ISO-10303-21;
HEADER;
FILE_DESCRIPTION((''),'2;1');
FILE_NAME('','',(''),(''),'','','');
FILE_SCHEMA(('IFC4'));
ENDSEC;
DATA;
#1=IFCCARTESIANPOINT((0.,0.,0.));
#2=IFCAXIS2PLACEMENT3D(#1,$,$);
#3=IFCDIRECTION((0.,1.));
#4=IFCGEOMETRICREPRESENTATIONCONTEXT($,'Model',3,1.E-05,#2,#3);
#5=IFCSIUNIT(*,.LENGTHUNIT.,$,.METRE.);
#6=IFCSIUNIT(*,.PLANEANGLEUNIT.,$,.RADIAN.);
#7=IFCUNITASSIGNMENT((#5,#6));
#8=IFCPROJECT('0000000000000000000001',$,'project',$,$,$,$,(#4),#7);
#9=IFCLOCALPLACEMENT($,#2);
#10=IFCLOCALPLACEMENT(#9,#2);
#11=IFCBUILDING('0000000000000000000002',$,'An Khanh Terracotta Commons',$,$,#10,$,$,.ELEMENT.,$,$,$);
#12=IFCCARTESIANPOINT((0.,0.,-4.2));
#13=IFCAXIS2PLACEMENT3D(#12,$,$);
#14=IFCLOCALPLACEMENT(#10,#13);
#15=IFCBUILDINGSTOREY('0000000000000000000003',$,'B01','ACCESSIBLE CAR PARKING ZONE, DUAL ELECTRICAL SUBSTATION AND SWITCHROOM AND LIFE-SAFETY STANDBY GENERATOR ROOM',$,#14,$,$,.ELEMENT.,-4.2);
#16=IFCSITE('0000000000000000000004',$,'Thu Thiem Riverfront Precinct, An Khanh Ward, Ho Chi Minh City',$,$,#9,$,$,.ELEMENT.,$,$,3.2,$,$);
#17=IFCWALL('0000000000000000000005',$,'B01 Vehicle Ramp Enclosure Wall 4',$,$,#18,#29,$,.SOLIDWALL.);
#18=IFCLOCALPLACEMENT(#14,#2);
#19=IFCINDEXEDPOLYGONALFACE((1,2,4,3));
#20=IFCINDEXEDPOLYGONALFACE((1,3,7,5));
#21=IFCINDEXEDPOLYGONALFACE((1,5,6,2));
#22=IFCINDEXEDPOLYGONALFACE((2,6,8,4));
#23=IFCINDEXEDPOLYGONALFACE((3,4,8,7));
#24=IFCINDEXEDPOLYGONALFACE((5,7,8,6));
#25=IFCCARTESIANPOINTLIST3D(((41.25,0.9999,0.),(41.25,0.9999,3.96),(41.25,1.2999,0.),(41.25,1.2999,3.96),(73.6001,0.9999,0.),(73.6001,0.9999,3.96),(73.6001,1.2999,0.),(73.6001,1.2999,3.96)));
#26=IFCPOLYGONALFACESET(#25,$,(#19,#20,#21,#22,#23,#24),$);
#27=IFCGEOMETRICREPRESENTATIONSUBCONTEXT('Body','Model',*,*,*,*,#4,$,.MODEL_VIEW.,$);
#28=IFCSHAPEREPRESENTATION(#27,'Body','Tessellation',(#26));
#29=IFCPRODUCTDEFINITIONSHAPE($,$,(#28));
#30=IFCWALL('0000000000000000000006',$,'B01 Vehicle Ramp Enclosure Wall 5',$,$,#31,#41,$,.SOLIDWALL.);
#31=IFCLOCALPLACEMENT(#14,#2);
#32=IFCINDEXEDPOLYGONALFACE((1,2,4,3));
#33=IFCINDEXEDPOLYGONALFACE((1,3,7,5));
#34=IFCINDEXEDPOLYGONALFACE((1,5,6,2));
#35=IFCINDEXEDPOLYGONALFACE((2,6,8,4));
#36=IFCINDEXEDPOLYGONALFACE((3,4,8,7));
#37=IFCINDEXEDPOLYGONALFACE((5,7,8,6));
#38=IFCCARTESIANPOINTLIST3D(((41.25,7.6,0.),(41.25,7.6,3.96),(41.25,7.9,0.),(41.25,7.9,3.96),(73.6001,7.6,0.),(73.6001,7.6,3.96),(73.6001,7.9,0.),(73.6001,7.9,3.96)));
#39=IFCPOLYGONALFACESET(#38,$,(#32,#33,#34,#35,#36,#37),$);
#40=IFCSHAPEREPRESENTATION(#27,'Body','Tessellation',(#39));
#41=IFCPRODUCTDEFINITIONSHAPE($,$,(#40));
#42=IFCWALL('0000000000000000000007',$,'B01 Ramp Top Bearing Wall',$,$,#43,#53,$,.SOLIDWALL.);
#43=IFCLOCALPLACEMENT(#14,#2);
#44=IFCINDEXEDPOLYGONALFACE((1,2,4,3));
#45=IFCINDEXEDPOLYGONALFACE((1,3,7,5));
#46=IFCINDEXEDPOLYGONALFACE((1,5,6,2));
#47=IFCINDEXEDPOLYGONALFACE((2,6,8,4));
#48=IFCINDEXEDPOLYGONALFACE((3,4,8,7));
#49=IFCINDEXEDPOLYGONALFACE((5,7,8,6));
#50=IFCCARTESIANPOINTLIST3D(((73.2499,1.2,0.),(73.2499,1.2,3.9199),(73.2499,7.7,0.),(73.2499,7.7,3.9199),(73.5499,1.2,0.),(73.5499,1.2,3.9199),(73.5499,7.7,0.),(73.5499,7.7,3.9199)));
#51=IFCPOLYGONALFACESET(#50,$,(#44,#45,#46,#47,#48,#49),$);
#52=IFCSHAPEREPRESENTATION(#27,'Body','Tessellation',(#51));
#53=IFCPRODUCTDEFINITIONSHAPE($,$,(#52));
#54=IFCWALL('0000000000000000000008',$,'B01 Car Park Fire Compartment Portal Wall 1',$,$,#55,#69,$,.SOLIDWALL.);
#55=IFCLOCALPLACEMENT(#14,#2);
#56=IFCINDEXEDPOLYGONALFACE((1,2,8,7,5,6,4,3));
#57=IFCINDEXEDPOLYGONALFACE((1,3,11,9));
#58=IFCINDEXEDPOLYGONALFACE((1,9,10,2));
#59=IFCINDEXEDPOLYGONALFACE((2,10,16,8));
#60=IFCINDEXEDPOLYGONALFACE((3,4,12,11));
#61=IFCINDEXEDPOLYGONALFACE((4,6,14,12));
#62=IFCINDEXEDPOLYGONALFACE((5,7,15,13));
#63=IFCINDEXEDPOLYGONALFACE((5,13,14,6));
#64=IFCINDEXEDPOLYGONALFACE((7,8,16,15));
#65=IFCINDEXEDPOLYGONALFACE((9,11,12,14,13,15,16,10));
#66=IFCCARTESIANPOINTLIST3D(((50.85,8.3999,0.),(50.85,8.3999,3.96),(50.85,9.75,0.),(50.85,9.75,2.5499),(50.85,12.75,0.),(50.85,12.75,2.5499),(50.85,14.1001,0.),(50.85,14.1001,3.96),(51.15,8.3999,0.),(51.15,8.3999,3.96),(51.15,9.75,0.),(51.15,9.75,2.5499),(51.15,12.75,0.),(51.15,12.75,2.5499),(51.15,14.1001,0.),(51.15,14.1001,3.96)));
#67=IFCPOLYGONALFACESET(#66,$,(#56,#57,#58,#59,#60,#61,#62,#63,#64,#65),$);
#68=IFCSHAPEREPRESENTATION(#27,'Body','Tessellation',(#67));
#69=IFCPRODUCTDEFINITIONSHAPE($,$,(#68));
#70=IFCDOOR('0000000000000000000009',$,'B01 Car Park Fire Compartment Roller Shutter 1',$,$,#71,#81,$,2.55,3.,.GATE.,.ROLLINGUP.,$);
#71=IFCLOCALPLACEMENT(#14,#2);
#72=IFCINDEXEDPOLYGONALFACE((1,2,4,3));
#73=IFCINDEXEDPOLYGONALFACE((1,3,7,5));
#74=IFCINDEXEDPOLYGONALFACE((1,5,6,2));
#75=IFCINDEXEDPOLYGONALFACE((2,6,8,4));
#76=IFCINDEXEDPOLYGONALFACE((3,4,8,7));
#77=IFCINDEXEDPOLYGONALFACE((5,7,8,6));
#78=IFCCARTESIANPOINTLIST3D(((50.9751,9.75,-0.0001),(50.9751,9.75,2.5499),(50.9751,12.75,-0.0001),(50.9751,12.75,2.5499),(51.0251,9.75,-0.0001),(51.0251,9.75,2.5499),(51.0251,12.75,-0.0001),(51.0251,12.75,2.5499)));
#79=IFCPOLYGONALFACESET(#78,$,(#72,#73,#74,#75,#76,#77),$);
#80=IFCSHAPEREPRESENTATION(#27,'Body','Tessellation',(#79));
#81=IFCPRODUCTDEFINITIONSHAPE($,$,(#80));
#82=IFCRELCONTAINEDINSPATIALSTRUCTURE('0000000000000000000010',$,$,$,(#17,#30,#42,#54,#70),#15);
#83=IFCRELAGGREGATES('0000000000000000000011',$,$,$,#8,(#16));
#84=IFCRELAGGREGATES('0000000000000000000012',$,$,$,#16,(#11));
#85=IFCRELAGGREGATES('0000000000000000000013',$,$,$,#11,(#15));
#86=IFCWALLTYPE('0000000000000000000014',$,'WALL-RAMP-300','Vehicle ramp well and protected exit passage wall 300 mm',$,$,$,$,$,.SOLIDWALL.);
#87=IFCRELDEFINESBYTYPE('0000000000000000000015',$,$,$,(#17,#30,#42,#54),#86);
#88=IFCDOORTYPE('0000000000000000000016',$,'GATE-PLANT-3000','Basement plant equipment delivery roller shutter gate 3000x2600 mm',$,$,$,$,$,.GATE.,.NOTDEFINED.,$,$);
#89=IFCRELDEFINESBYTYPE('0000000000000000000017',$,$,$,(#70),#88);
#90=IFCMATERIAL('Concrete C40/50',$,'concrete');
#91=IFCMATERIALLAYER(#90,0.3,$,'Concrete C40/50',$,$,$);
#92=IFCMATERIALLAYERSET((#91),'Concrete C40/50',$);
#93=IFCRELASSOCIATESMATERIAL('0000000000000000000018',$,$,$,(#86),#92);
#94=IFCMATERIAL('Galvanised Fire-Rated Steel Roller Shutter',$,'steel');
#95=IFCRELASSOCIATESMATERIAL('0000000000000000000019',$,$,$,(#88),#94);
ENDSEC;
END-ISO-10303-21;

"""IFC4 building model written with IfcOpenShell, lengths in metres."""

from ifc_helpers import new_model, si_unit, direction, frame, frame_2d, origin, place, context, subcontext, project, spatial, rectangle, extrude, material, layer, layer_set, type_object, element, fill, save


model = new_model("IFC4")

# Units and contexts
model_context = context("Model", 3, precision=1e-05, world=origin(), true_north=direction((0.0, 1.0)))
body_context = subcontext(model_context, "Body", "Model", "MODEL_VIEW")
ifc_project = project(units=[si_unit("LENGTHUNIT", "METRE"), si_unit("PLANEANGLEUNIT", "RADIAN")], contexts=[model_context])

# Site, building, storey
site_placement = place(None, origin())
site = spatial("IfcSite", under=ifc_project, at=site_placement, Name="Thu Thiem Riverfront Precinct, An Khanh Ward, Ho Chi Minh City", CompositionType="ELEMENT", RefElevation=3.2)
building_placement = place(site_placement, origin())
building = spatial("IfcBuilding", under=site, at=building_placement, Name="An Khanh Terracotta Commons", CompositionType="ELEMENT")
storey_placement = place(building_placement, frame((0.0, 0.0, -4.2)))
storey = spatial("IfcBuildingStorey", under=building, at=storey_placement, Name="B01", Description="ACCESSIBLE CAR PARKING ZONE, DUAL ELECTRICAL SUBSTATION AND SWITCHROOM AND LIFE-SAFETY STANDBY GENERATOR ROOM", CompositionType="ELEMENT", Elevation=-4.2)

# Shared definitions
ifc_material_1 = material(Name="Concrete C40/50", Category="concrete")

# Walls
ifc_layer_1 = layer(ifc_material_1, 0.3, Name="Concrete C40/50")
ifc_layer_set_1 = layer_set([ifc_layer_1], Name="Concrete C40/50")
wall_type_1 = type_object("IfcWallType", Name="WALL-RAMP-300", Description="Vehicle ramp well and protected exit passage wall 300 mm", PredefinedType="SOLIDWALL", material=ifc_layer_set_1)
for number, where, z_axis, x_axis, name in (
    (1, (41.25, 1.1499, 0.0), (0.0, 0.0, 1.0), (1.0, 0.0, 0.0), "B01 Vehicle Ramp Enclosure Wall 4"),
    (2, (41.25, 7.75, 0.0), (0.0, 0.0, 1.0), (1.0, 0.0, 0.0), "B01 Vehicle Ramp Enclosure Wall 5"),
):
    element("IfcWall", number, at=place(storey_placement, frame(where, z_axis=z_axis, x_axis=x_axis)), inside=storey, type_object=wall_type_1, Name=name, PredefinedType="SOLIDWALL", context=body_context, shape_type="SweptSolid", body=[
        extrude(rectangle(XDim=32.3501, YDim=0.3, at=frame_2d((16.175, 0.0))), origin(), (0.0, 0.0, 1.0), 3.96),
    ])
wall_1_placement = place(storey_placement, frame((73.3999, 1.2, 0.0), z_axis=(0.0, 0.0, 1.0), x_axis=(0.0, 1.0, 0.0)))
element("IfcWall", 3, at=wall_1_placement, inside=storey, type_object=wall_type_1, Name="B01 Ramp Top Bearing Wall", PredefinedType="SOLIDWALL", context=body_context, shape_type="SweptSolid", body=[
    extrude(rectangle(XDim=6.5, YDim=0.3, at=frame_2d((3.25, 0.0))), origin(), (0.0, 0.0, 1.0), 3.9199),
])

# Wall, opening, door
wall_2_placement = place(storey_placement, frame((51.0, 8.3999, 0.0), z_axis=(0.0, 0.0, 1.0), x_axis=(0.0, 1.0, 0.0)))
wall_2 = element("IfcWall", 4, at=wall_2_placement, inside=storey, type_object=wall_type_1, Name="B01 Car Park Fire Compartment Portal Wall 1", PredefinedType="SOLIDWALL", context=body_context, shape_type="SweptSolid", body=[
    extrude(rectangle(XDim=5.7002, YDim=0.3, at=frame_2d((2.8501, 0.0))), origin(), (0.0, 0.0, 1.0), 3.96),
])
opening_1_placement = place(wall_2_placement, frame((1.3501, 0.0, 0.0)))
opening_1 = element("IfcOpeningElement", 5, at=opening_1_placement, cuts=wall_2, PredefinedType="OPENING", context=body_context, shape_type="SweptSolid", body=[
    extrude(rectangle(XDim=3.0, YDim=2.55, at=frame_2d((1.5, 1.2749))), frame((0.0, 0.1599, 0.0), z_axis=(0.0, -1.0, 0.0), x_axis=(1.0, 0.0, 0.0)), (0.0, 0.0, 1.0), 0.3201),
])
ifc_material_2 = material(Name="Galvanised Fire-Rated Steel Roller Shutter", Category="steel")
door_type_1 = type_object("IfcDoorType", Name="GATE-PLANT-3000", Description="Basement plant equipment delivery roller shutter gate 3000x2600 mm", OperationType="NOTDEFINED", PredefinedType="GATE", material=ifc_material_2)
door_1_placement = place(opening_1_placement, origin())
door_1 = element("IfcDoor", 6, at=door_1_placement, inside=storey, type_object=door_type_1, Name="B01 Car Park Fire Compartment Roller Shutter 1", OperationType="ROLLINGUP", OverallHeight=2.55, OverallWidth=3.0, PredefinedType="GATE", context=body_context, shape_type="SweptSolid", body=[
    extrude(rectangle(XDim=3.0, YDim=2.55, at=frame_2d((1.5, 1.2749))), frame((0.0, 0.0249, 0.0), z_axis=(0.0, -1.0, 0.0), x_axis=(1.0, 0.0, 0.0)), (0.0, 0.0, 1.0), 0.05),
])
fill(opening_1, door_1)

save(model, "model.ifc")
